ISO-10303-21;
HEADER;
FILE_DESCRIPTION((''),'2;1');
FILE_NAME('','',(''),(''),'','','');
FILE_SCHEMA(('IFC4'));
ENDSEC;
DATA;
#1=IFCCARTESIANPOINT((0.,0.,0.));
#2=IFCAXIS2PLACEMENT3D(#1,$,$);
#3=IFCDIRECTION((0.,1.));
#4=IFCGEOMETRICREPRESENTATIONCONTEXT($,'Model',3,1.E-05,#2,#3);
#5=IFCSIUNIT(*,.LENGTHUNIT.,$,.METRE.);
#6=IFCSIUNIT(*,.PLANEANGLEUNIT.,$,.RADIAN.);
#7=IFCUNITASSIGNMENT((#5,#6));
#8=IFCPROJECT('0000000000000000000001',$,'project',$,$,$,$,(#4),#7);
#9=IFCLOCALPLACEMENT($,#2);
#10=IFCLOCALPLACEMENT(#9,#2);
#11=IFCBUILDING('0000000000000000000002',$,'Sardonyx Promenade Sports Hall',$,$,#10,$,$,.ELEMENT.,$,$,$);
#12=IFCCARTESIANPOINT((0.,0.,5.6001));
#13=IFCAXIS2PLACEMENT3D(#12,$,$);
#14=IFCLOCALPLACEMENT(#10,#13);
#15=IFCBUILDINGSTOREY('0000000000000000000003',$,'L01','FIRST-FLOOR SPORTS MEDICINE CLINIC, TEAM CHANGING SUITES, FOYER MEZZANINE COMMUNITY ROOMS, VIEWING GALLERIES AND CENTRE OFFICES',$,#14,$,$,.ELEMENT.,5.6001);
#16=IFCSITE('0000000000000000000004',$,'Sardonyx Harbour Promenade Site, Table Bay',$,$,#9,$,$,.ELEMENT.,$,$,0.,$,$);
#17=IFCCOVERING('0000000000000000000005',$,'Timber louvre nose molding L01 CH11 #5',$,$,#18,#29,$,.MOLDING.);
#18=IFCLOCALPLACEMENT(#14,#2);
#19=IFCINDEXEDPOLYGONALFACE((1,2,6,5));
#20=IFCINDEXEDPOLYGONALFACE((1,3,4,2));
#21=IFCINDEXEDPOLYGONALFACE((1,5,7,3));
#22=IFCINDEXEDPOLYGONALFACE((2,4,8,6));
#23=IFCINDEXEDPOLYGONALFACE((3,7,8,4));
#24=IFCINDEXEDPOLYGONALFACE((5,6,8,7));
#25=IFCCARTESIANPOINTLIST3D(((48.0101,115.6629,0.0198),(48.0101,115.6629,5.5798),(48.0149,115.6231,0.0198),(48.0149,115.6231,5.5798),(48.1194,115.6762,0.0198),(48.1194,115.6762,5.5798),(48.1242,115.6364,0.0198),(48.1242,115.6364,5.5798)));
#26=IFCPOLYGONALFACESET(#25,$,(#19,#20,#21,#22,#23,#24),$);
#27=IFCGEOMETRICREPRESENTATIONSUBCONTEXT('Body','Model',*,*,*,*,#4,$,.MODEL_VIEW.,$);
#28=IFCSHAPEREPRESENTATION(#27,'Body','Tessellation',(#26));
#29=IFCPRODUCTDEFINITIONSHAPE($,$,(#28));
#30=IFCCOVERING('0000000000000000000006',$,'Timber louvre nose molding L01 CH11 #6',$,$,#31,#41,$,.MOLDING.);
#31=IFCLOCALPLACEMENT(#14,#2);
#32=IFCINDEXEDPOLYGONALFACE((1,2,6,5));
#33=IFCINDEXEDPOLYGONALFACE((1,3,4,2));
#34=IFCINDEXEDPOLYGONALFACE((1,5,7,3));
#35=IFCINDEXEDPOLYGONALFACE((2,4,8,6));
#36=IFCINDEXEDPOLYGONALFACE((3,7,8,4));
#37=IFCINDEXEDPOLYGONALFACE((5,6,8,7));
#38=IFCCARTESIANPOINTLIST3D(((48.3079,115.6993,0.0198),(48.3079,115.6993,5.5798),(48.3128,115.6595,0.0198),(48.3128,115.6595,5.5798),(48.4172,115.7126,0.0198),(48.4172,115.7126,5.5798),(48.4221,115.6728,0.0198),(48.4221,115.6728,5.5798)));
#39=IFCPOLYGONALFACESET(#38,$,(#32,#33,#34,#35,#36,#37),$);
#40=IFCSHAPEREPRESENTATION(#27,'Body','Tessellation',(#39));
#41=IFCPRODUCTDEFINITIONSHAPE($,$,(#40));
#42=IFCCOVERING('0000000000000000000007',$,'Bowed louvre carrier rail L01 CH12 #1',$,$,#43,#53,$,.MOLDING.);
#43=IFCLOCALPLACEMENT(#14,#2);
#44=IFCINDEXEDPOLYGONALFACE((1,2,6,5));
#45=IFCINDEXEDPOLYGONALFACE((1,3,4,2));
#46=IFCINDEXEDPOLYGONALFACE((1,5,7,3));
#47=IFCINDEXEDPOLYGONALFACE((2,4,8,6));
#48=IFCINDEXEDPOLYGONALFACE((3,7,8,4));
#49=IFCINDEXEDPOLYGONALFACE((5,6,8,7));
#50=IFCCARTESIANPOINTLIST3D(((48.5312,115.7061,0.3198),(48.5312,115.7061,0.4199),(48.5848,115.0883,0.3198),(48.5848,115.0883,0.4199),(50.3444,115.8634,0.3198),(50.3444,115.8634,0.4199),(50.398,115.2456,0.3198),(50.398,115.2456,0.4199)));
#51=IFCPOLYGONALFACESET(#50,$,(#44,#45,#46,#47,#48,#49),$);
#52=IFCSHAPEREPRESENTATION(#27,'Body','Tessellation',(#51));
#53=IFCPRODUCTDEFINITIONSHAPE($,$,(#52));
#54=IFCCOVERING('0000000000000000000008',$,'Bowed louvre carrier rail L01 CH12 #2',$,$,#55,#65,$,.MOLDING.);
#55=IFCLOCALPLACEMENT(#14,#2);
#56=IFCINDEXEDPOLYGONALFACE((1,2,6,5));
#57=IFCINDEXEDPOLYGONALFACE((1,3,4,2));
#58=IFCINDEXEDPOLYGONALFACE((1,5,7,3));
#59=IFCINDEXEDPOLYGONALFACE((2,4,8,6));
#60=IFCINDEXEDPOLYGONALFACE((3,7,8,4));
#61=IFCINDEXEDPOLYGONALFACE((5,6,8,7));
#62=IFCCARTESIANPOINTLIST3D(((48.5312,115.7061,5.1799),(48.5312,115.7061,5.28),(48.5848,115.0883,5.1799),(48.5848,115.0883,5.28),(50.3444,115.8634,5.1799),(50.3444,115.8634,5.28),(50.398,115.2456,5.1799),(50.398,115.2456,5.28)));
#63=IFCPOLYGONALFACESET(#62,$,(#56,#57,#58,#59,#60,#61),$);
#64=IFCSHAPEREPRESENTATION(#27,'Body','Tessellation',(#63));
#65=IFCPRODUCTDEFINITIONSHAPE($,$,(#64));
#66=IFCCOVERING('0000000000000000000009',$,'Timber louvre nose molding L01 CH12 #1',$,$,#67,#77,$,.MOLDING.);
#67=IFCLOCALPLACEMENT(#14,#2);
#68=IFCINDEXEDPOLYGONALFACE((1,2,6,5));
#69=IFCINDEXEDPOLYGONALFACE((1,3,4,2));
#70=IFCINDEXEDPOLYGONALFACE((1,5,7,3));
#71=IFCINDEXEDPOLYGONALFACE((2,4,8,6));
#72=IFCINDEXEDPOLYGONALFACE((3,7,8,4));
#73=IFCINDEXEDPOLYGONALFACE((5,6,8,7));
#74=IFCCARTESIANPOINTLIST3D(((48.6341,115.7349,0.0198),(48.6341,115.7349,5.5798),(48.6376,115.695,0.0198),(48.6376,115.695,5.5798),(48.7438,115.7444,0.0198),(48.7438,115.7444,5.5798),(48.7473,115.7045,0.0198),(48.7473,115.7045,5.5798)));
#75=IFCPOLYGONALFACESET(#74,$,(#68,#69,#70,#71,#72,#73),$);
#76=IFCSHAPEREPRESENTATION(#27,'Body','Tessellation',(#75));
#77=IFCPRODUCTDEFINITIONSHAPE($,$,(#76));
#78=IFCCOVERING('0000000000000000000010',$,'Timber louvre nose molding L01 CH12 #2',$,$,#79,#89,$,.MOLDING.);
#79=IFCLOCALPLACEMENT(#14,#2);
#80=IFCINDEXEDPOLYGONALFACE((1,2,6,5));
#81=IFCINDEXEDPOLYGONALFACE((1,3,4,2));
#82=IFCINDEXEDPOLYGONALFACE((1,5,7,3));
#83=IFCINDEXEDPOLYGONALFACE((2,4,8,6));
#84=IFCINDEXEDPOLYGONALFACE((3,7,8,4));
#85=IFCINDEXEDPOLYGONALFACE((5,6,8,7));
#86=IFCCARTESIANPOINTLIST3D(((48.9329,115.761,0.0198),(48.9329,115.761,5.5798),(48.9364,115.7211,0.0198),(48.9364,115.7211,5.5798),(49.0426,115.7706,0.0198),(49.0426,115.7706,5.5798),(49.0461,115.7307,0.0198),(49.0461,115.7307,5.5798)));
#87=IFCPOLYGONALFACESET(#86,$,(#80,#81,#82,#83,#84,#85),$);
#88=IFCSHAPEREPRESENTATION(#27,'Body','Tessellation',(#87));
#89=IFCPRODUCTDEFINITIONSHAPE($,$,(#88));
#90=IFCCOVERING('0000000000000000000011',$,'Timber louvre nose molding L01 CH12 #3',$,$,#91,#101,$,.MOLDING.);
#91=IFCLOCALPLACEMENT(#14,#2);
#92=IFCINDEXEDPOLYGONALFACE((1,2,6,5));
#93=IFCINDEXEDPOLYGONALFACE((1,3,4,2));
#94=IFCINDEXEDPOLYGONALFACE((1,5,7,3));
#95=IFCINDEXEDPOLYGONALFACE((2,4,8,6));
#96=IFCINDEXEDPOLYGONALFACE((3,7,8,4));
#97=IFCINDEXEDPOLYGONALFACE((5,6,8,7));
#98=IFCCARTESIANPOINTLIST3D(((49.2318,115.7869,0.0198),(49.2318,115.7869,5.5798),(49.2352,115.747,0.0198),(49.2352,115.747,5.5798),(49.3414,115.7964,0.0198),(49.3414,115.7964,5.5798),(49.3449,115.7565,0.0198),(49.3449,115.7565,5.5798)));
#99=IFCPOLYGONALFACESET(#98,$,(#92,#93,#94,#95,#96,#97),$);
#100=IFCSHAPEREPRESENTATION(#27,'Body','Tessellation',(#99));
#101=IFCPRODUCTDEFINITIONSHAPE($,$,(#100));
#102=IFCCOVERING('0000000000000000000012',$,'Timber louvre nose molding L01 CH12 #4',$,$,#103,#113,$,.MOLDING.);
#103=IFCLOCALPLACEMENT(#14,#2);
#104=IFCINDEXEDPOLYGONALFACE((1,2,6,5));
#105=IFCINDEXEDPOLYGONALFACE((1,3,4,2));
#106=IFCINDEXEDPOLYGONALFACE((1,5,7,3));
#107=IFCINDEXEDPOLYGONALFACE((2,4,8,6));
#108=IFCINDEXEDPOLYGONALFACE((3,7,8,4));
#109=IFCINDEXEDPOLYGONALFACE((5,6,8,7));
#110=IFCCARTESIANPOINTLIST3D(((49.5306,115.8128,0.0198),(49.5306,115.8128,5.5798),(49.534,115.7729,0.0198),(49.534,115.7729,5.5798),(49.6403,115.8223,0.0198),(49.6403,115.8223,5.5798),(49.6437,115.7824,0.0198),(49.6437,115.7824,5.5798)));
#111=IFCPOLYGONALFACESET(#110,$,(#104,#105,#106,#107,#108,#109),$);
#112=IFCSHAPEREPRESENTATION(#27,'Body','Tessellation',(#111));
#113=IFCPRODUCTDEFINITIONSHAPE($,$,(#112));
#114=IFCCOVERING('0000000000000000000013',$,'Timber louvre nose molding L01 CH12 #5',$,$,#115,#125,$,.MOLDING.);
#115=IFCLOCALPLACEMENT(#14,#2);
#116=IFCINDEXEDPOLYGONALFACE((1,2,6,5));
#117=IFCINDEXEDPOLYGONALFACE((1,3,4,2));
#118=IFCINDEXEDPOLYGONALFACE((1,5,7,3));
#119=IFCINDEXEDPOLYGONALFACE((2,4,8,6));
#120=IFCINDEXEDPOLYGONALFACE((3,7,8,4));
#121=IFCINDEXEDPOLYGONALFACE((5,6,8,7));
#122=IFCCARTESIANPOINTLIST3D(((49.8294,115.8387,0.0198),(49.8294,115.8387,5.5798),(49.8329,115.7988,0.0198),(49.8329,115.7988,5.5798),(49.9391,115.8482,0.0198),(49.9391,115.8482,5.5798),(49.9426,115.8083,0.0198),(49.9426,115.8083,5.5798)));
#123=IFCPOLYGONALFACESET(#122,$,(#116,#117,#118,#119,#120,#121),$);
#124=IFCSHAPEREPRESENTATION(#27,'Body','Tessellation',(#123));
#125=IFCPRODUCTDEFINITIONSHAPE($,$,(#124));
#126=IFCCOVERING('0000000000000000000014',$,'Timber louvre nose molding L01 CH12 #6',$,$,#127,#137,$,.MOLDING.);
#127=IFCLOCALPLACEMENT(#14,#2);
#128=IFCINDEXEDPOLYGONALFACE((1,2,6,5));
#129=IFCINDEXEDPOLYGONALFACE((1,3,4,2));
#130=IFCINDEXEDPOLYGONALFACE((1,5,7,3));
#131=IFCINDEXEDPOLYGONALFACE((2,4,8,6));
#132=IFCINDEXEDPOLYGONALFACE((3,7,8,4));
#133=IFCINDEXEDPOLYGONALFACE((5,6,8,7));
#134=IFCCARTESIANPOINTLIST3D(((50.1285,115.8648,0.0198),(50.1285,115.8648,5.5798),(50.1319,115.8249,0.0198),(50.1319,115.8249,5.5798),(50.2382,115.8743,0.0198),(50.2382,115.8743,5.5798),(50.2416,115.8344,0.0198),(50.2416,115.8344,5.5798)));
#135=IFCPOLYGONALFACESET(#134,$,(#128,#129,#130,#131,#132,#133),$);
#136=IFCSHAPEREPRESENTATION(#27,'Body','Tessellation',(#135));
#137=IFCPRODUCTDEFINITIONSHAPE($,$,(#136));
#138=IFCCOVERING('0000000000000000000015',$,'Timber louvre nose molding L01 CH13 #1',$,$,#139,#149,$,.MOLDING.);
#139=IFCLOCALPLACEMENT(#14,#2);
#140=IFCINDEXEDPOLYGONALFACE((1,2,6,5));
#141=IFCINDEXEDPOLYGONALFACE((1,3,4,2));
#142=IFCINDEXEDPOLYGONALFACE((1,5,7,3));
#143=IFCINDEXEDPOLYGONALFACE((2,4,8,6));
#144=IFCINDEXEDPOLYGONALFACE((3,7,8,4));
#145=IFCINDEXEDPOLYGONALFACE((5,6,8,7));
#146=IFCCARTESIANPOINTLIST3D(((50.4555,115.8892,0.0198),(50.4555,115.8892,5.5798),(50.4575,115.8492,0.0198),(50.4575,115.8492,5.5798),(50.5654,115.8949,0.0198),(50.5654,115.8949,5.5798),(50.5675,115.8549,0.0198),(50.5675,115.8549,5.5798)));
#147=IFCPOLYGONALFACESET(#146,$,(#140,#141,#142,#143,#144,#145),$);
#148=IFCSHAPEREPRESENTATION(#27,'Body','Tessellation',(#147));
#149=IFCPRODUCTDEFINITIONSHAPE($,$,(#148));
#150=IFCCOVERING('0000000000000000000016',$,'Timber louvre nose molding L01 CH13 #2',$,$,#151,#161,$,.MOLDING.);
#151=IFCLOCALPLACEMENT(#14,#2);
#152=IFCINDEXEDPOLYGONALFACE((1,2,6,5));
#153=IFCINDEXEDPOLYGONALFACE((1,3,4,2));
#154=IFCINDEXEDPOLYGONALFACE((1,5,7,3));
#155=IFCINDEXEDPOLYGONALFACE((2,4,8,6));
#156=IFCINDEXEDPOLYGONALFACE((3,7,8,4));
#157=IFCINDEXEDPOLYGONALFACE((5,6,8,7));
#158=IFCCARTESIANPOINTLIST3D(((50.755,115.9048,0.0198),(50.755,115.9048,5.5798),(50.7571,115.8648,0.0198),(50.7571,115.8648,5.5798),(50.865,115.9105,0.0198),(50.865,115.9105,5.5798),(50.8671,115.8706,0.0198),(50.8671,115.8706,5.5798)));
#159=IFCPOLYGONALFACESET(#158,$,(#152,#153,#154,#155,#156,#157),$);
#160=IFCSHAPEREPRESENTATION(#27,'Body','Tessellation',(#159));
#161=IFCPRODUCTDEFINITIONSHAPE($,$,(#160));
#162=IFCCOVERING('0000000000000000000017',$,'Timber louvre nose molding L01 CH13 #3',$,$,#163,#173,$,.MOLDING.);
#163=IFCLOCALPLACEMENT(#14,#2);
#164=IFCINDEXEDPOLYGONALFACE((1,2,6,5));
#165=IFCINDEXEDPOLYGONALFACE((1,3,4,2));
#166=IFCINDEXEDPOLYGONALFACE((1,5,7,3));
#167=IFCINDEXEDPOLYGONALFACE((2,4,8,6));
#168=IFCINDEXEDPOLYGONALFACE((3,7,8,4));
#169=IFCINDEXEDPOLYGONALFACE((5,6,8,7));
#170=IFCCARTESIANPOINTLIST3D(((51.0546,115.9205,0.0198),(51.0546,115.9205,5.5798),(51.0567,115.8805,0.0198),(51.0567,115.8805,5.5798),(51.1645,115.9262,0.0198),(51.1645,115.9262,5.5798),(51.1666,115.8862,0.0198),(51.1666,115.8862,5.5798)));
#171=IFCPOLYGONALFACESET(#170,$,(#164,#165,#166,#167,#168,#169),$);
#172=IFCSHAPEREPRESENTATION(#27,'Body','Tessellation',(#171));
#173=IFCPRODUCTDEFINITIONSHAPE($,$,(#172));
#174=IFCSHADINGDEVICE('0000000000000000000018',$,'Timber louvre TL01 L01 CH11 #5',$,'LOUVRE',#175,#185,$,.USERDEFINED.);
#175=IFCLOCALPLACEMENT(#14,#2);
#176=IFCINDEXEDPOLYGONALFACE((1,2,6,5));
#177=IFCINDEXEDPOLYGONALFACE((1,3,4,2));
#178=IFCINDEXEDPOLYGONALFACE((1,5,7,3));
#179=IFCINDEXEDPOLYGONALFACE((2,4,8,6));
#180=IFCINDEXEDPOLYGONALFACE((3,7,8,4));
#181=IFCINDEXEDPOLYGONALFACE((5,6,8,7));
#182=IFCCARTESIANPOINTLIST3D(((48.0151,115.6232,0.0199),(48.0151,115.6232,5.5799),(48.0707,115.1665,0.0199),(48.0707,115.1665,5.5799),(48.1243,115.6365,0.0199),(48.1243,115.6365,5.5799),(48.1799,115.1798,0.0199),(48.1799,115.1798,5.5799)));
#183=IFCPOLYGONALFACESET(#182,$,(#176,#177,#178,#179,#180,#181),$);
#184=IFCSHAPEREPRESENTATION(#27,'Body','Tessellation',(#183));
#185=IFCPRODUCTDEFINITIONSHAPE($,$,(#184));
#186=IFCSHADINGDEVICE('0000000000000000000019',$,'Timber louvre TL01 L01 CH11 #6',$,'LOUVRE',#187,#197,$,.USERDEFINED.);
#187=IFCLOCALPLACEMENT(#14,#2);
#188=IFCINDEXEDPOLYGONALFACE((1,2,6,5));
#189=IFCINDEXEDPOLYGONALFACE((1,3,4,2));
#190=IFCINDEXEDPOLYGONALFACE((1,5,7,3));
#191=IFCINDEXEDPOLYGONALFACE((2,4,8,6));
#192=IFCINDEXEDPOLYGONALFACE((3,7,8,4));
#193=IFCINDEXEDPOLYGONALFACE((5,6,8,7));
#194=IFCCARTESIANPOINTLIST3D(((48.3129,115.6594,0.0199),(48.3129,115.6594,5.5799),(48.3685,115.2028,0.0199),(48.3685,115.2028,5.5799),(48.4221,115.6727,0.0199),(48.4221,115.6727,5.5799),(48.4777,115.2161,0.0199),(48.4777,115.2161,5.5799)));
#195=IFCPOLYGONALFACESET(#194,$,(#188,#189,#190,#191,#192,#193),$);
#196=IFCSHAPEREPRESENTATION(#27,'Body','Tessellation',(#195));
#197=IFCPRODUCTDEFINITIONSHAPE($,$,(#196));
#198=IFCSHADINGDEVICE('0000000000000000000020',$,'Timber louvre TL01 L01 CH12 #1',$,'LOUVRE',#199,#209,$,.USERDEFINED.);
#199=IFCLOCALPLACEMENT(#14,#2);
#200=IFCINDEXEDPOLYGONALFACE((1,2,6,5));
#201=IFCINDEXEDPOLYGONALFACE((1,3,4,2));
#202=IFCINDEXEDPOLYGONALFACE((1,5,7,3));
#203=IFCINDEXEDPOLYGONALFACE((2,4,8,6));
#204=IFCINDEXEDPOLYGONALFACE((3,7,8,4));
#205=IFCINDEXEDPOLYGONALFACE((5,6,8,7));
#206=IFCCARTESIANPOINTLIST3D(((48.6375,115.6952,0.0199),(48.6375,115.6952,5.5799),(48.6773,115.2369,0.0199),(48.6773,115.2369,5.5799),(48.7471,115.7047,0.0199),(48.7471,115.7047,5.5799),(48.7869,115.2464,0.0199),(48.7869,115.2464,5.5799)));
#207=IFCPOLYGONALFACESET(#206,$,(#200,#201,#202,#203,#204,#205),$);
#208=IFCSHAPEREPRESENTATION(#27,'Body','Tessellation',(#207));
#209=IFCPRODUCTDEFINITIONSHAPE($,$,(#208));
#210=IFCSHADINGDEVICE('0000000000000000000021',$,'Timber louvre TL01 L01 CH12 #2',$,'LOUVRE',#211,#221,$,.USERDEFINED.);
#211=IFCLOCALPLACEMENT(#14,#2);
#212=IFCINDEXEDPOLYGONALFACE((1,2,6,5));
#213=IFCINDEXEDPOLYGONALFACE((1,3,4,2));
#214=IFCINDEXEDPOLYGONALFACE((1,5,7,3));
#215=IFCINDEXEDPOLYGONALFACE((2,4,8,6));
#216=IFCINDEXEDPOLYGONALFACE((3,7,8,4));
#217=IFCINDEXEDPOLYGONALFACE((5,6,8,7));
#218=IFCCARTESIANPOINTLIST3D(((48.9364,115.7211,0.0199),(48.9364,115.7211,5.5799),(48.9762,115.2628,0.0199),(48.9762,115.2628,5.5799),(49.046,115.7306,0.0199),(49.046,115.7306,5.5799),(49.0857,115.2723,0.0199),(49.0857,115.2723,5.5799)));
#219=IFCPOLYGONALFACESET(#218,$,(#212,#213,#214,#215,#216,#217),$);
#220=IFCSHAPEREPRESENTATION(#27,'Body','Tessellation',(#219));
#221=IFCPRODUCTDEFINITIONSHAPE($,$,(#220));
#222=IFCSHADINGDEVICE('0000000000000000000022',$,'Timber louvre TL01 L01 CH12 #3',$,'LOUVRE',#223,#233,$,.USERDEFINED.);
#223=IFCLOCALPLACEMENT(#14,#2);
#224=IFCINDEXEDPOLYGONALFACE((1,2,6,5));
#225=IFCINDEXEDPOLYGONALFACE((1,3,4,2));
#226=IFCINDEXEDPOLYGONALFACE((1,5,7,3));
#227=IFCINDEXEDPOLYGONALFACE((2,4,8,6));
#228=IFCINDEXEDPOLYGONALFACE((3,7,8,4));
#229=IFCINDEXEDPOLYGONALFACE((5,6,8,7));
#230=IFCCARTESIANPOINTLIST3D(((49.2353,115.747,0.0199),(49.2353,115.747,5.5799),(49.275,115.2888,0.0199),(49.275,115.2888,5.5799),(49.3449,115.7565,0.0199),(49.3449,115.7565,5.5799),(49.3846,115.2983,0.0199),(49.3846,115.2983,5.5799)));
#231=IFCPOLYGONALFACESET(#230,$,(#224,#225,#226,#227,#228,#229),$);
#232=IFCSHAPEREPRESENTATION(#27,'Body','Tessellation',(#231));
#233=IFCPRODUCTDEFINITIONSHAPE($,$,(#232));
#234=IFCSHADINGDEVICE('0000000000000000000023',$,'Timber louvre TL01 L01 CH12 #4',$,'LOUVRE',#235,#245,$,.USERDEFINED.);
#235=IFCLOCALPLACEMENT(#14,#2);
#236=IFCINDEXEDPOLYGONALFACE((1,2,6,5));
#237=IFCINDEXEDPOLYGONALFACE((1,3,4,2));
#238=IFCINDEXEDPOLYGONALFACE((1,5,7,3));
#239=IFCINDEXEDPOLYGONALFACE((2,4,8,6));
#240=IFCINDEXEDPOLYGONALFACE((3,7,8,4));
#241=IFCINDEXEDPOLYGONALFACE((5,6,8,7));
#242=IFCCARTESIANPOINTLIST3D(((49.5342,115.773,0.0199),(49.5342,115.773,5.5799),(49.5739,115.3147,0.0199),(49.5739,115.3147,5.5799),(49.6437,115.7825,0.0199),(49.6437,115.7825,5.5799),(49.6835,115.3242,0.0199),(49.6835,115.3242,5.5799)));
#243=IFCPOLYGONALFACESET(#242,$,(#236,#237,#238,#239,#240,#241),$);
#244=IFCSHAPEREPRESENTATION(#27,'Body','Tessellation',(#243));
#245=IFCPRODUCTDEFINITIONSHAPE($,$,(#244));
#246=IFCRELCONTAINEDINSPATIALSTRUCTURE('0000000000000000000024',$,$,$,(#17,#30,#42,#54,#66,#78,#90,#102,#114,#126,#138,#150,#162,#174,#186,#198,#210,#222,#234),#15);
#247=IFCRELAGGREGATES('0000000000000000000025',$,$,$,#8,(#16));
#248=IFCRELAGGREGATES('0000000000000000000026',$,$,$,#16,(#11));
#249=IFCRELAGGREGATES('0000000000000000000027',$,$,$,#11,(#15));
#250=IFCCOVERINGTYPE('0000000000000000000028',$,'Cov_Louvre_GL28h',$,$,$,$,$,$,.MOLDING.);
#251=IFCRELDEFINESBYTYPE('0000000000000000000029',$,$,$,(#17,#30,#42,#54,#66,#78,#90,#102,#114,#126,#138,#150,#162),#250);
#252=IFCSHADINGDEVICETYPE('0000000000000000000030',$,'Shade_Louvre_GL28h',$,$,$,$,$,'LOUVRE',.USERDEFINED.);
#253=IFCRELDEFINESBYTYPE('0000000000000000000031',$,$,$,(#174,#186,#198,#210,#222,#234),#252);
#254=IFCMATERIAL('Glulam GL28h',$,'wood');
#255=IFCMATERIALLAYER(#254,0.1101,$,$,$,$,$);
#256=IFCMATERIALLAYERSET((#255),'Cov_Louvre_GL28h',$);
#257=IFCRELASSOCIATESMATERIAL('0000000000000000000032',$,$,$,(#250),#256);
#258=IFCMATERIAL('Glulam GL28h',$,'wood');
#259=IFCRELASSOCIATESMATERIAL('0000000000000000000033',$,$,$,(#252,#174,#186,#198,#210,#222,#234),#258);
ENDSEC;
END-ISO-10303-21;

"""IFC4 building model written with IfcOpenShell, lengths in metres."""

from ifc_helpers import new_model, si_unit, direction, frame, origin, origin_2d, place, context, subcontext, project, spatial, rectangle, extrude, material, layer, layer_set, type_object, element, save


model = new_model("IFC4")

# Units and contexts
model_context = context("Model", 3, precision=1e-05, world=origin(), true_north=direction((0.0, 1.0)))
body_context = subcontext(model_context, "Body", "Model", "MODEL_VIEW")
ifc_project = project(units=[si_unit("LENGTHUNIT", "METRE"), si_unit("PLANEANGLEUNIT", "RADIAN")], contexts=[model_context])

# Site, building, storey
site_placement = place(None, origin())
site = spatial("IfcSite", under=ifc_project, at=site_placement, Name="Sardonyx Harbour Promenade Site, Table Bay", CompositionType="ELEMENT", RefElevation=0.0)
building_placement = place(site_placement, origin())
building = spatial("IfcBuilding", under=site, at=building_placement, Name="Sardonyx Promenade Sports Hall", CompositionType="ELEMENT")
storey_placement = place(building_placement, frame((0.0, 0.0, 5.6001)))
storey = spatial("IfcBuildingStorey", under=building, at=storey_placement, Name="L01", Description="FIRST-FLOOR SPORTS MEDICINE CLINIC, TEAM CHANGING SUITES, FOYER MEZZANINE COMMUNITY ROOMS, VIEWING GALLERIES AND CENTRE OFFICES", CompositionType="ELEMENT", Elevation=5.6001)

# Coverings
ifc_material_1 = material(Name="Glulam GL28h", Category="wood")
ifc_layer = layer(ifc_material_1, 0.1101)
ifc_layer_set = layer_set([ifc_layer], Name="Cov_Louvre_GL28h")
covering_type = type_object("IfcCoveringType", Name="Cov_Louvre_GL28h", PredefinedType="MOLDING", material=ifc_layer_set)
for number, where, z_axis, x_axis, name in (
    (1, (48.0671, 115.6497, 0.0198), (0.0, 0.0, 1.0), (0.992669, 0.120863, 0.0), "Timber louvre nose molding L01 CH11 #5"),
    (2, (48.365, 115.686, 0.0198), (0.0, 0.0, 1.0), (0.992669, 0.120863, 0.0), "Timber louvre nose molding L01 CH11 #6"),
):
    element("IfcCovering", number, at=place(storey_placement, frame(where, z_axis=z_axis, x_axis=x_axis)), inside=storey, type_object=covering_type, Name=name, PredefinedType="MOLDING", context=body_context, shape_type="SweptSolid", body=[
        extrude(rectangle(XDim=0.1101, YDim=0.04, at=origin_2d()), origin(), (0.0, 0.0, 1.0), 5.5601),
    ])
for number, where, z_axis, x_axis, name in (
    (3, (49.4646, 115.4758, 0.3198), (0.0, 0.0, 1.0), (0.996258, 0.086434, 0.0), "Bowed louvre carrier rail L01 CH12 #1"),
    (4, (49.4646, 115.4758, 5.1799), (0.0, 0.0, 1.0), (0.996258, 0.086434, 0.0), "Bowed louvre carrier rail L01 CH12 #2"),
):
    element("IfcCovering", number, at=place(storey_placement, frame(where, z_axis=z_axis, x_axis=x_axis)), inside=storey, type_object=covering_type, Name=name, PredefinedType="MOLDING", context=body_context, shape_type="SweptSolid", body=[
        extrude(rectangle(XDim=1.8201, YDim=0.6201, at=origin_2d()), origin(), (0.0, 0.0, 1.0), 0.1001),
    ])
for number, where, z_axis, x_axis, name in (
    (5, (48.6907, 115.7197, 0.0198), (0.0, 0.0, 1.0), (0.996258, 0.086434, 0.0), "Timber louvre nose molding L01 CH12 #1"),
    (6, (48.9895, 115.7458, 0.0198), (0.0, 0.0, 1.0), (0.996258, 0.086434, 0.0), "Timber louvre nose molding L01 CH12 #2"),
    (7, (49.2883, 115.7717, 0.0198), (0.0, 0.0, 1.0), (0.996258, 0.086434, 0.0), "Timber louvre nose molding L01 CH12 #3"),
    (8, (49.5872, 115.7976, 0.0198), (0.0, 0.0, 1.0), (0.996258, 0.086434, 0.0), "Timber louvre nose molding L01 CH12 #4"),
    (9, (49.886, 115.8235, 0.0198), (0.0, 0.0, 1.0), (0.996258, 0.086434, 0.0), "Timber louvre nose molding L01 CH12 #5"),
    (10, (50.1851, 115.8496, 0.0198), (0.0, 0.0, 1.0), (0.996258, 0.086434, 0.0), "Timber louvre nose molding L01 CH12 #6"),
    (11, (50.5115, 115.8721, 0.0198), (0.0, 0.0, 1.0), (0.998652, 0.051902, 0.0), "Timber louvre nose molding L01 CH13 #1"),
    (12, (50.811, 115.8877, 0.0198), (0.0, 0.0, 1.0), (0.998652, 0.051902, 0.0), "Timber louvre nose molding L01 CH13 #2"),
    (13, (51.1106, 115.9033, 0.0198), (0.0, 0.0, 1.0), (0.998652, 0.051902, 0.0), "Timber louvre nose molding L01 CH13 #3"),
):
    element("IfcCovering", number, at=place(storey_placement, frame(where, z_axis=z_axis, x_axis=x_axis)), inside=storey, type_object=covering_type, Name=name, PredefinedType="MOLDING", context=body_context, shape_type="SweptSolid", body=[
        extrude(rectangle(XDim=0.1101, YDim=0.04, at=origin_2d()), origin(), (0.0, 0.0, 1.0), 5.5601),
    ])

# Shading devices
ifc_material_2 = material(Name="Glulam GL28h", Category="wood")
shading_device_type = type_object("IfcShadingDeviceType", Name="Shade_Louvre_GL28h", ElementType="LOUVRE", PredefinedType="USERDEFINED", material=ifc_material_2)
for number, where, z_axis, x_axis, name in (
    (14, (48.0975, 115.4015, 0.0199), (0.0, 0.0, 1.0), (0.992669, 0.120863, 0.0), "Timber louvre TL01 L01 CH11 #5"),
    (15, (48.3953, 115.4378, 0.0199), (0.0, 0.0, 1.0), (0.992669, 0.120863, 0.0), "Timber louvre TL01 L01 CH11 #6"),
    (16, (48.7122, 115.4708, 0.0199), (0.0, 0.0, 1.0), (0.996258, 0.086434, 0.0), "Timber louvre TL01 L01 CH12 #1"),
    (17, (49.0111, 115.4967, 0.0199), (0.0, 0.0, 1.0), (0.996258, 0.086434, 0.0), "Timber louvre TL01 L01 CH12 #2"),
    (18, (49.31, 115.5226, 0.0199), (0.0, 0.0, 1.0), (0.996258, 0.086434, 0.0), "Timber louvre TL01 L01 CH12 #3"),
    (19, (49.6088, 115.5486, 0.0199), (0.0, 0.0, 1.0), (0.996258, 0.086434, 0.0), "Timber louvre TL01 L01 CH12 #4"),
):
    element("IfcShadingDevice", number, at=place(storey_placement, frame(where, z_axis=z_axis, x_axis=x_axis)), inside=storey, type_object=shading_device_type, material=ifc_material_2, Name=name, ObjectType="LOUVRE", PredefinedType="USERDEFINED", context=body_context, shape_type="SweptSolid", body=[
        extrude(rectangle(XDim=0.11, YDim=0.46), origin(), (0.0, 0.0, 1.0), 5.56),
    ])

save(model, "model.ifc")
